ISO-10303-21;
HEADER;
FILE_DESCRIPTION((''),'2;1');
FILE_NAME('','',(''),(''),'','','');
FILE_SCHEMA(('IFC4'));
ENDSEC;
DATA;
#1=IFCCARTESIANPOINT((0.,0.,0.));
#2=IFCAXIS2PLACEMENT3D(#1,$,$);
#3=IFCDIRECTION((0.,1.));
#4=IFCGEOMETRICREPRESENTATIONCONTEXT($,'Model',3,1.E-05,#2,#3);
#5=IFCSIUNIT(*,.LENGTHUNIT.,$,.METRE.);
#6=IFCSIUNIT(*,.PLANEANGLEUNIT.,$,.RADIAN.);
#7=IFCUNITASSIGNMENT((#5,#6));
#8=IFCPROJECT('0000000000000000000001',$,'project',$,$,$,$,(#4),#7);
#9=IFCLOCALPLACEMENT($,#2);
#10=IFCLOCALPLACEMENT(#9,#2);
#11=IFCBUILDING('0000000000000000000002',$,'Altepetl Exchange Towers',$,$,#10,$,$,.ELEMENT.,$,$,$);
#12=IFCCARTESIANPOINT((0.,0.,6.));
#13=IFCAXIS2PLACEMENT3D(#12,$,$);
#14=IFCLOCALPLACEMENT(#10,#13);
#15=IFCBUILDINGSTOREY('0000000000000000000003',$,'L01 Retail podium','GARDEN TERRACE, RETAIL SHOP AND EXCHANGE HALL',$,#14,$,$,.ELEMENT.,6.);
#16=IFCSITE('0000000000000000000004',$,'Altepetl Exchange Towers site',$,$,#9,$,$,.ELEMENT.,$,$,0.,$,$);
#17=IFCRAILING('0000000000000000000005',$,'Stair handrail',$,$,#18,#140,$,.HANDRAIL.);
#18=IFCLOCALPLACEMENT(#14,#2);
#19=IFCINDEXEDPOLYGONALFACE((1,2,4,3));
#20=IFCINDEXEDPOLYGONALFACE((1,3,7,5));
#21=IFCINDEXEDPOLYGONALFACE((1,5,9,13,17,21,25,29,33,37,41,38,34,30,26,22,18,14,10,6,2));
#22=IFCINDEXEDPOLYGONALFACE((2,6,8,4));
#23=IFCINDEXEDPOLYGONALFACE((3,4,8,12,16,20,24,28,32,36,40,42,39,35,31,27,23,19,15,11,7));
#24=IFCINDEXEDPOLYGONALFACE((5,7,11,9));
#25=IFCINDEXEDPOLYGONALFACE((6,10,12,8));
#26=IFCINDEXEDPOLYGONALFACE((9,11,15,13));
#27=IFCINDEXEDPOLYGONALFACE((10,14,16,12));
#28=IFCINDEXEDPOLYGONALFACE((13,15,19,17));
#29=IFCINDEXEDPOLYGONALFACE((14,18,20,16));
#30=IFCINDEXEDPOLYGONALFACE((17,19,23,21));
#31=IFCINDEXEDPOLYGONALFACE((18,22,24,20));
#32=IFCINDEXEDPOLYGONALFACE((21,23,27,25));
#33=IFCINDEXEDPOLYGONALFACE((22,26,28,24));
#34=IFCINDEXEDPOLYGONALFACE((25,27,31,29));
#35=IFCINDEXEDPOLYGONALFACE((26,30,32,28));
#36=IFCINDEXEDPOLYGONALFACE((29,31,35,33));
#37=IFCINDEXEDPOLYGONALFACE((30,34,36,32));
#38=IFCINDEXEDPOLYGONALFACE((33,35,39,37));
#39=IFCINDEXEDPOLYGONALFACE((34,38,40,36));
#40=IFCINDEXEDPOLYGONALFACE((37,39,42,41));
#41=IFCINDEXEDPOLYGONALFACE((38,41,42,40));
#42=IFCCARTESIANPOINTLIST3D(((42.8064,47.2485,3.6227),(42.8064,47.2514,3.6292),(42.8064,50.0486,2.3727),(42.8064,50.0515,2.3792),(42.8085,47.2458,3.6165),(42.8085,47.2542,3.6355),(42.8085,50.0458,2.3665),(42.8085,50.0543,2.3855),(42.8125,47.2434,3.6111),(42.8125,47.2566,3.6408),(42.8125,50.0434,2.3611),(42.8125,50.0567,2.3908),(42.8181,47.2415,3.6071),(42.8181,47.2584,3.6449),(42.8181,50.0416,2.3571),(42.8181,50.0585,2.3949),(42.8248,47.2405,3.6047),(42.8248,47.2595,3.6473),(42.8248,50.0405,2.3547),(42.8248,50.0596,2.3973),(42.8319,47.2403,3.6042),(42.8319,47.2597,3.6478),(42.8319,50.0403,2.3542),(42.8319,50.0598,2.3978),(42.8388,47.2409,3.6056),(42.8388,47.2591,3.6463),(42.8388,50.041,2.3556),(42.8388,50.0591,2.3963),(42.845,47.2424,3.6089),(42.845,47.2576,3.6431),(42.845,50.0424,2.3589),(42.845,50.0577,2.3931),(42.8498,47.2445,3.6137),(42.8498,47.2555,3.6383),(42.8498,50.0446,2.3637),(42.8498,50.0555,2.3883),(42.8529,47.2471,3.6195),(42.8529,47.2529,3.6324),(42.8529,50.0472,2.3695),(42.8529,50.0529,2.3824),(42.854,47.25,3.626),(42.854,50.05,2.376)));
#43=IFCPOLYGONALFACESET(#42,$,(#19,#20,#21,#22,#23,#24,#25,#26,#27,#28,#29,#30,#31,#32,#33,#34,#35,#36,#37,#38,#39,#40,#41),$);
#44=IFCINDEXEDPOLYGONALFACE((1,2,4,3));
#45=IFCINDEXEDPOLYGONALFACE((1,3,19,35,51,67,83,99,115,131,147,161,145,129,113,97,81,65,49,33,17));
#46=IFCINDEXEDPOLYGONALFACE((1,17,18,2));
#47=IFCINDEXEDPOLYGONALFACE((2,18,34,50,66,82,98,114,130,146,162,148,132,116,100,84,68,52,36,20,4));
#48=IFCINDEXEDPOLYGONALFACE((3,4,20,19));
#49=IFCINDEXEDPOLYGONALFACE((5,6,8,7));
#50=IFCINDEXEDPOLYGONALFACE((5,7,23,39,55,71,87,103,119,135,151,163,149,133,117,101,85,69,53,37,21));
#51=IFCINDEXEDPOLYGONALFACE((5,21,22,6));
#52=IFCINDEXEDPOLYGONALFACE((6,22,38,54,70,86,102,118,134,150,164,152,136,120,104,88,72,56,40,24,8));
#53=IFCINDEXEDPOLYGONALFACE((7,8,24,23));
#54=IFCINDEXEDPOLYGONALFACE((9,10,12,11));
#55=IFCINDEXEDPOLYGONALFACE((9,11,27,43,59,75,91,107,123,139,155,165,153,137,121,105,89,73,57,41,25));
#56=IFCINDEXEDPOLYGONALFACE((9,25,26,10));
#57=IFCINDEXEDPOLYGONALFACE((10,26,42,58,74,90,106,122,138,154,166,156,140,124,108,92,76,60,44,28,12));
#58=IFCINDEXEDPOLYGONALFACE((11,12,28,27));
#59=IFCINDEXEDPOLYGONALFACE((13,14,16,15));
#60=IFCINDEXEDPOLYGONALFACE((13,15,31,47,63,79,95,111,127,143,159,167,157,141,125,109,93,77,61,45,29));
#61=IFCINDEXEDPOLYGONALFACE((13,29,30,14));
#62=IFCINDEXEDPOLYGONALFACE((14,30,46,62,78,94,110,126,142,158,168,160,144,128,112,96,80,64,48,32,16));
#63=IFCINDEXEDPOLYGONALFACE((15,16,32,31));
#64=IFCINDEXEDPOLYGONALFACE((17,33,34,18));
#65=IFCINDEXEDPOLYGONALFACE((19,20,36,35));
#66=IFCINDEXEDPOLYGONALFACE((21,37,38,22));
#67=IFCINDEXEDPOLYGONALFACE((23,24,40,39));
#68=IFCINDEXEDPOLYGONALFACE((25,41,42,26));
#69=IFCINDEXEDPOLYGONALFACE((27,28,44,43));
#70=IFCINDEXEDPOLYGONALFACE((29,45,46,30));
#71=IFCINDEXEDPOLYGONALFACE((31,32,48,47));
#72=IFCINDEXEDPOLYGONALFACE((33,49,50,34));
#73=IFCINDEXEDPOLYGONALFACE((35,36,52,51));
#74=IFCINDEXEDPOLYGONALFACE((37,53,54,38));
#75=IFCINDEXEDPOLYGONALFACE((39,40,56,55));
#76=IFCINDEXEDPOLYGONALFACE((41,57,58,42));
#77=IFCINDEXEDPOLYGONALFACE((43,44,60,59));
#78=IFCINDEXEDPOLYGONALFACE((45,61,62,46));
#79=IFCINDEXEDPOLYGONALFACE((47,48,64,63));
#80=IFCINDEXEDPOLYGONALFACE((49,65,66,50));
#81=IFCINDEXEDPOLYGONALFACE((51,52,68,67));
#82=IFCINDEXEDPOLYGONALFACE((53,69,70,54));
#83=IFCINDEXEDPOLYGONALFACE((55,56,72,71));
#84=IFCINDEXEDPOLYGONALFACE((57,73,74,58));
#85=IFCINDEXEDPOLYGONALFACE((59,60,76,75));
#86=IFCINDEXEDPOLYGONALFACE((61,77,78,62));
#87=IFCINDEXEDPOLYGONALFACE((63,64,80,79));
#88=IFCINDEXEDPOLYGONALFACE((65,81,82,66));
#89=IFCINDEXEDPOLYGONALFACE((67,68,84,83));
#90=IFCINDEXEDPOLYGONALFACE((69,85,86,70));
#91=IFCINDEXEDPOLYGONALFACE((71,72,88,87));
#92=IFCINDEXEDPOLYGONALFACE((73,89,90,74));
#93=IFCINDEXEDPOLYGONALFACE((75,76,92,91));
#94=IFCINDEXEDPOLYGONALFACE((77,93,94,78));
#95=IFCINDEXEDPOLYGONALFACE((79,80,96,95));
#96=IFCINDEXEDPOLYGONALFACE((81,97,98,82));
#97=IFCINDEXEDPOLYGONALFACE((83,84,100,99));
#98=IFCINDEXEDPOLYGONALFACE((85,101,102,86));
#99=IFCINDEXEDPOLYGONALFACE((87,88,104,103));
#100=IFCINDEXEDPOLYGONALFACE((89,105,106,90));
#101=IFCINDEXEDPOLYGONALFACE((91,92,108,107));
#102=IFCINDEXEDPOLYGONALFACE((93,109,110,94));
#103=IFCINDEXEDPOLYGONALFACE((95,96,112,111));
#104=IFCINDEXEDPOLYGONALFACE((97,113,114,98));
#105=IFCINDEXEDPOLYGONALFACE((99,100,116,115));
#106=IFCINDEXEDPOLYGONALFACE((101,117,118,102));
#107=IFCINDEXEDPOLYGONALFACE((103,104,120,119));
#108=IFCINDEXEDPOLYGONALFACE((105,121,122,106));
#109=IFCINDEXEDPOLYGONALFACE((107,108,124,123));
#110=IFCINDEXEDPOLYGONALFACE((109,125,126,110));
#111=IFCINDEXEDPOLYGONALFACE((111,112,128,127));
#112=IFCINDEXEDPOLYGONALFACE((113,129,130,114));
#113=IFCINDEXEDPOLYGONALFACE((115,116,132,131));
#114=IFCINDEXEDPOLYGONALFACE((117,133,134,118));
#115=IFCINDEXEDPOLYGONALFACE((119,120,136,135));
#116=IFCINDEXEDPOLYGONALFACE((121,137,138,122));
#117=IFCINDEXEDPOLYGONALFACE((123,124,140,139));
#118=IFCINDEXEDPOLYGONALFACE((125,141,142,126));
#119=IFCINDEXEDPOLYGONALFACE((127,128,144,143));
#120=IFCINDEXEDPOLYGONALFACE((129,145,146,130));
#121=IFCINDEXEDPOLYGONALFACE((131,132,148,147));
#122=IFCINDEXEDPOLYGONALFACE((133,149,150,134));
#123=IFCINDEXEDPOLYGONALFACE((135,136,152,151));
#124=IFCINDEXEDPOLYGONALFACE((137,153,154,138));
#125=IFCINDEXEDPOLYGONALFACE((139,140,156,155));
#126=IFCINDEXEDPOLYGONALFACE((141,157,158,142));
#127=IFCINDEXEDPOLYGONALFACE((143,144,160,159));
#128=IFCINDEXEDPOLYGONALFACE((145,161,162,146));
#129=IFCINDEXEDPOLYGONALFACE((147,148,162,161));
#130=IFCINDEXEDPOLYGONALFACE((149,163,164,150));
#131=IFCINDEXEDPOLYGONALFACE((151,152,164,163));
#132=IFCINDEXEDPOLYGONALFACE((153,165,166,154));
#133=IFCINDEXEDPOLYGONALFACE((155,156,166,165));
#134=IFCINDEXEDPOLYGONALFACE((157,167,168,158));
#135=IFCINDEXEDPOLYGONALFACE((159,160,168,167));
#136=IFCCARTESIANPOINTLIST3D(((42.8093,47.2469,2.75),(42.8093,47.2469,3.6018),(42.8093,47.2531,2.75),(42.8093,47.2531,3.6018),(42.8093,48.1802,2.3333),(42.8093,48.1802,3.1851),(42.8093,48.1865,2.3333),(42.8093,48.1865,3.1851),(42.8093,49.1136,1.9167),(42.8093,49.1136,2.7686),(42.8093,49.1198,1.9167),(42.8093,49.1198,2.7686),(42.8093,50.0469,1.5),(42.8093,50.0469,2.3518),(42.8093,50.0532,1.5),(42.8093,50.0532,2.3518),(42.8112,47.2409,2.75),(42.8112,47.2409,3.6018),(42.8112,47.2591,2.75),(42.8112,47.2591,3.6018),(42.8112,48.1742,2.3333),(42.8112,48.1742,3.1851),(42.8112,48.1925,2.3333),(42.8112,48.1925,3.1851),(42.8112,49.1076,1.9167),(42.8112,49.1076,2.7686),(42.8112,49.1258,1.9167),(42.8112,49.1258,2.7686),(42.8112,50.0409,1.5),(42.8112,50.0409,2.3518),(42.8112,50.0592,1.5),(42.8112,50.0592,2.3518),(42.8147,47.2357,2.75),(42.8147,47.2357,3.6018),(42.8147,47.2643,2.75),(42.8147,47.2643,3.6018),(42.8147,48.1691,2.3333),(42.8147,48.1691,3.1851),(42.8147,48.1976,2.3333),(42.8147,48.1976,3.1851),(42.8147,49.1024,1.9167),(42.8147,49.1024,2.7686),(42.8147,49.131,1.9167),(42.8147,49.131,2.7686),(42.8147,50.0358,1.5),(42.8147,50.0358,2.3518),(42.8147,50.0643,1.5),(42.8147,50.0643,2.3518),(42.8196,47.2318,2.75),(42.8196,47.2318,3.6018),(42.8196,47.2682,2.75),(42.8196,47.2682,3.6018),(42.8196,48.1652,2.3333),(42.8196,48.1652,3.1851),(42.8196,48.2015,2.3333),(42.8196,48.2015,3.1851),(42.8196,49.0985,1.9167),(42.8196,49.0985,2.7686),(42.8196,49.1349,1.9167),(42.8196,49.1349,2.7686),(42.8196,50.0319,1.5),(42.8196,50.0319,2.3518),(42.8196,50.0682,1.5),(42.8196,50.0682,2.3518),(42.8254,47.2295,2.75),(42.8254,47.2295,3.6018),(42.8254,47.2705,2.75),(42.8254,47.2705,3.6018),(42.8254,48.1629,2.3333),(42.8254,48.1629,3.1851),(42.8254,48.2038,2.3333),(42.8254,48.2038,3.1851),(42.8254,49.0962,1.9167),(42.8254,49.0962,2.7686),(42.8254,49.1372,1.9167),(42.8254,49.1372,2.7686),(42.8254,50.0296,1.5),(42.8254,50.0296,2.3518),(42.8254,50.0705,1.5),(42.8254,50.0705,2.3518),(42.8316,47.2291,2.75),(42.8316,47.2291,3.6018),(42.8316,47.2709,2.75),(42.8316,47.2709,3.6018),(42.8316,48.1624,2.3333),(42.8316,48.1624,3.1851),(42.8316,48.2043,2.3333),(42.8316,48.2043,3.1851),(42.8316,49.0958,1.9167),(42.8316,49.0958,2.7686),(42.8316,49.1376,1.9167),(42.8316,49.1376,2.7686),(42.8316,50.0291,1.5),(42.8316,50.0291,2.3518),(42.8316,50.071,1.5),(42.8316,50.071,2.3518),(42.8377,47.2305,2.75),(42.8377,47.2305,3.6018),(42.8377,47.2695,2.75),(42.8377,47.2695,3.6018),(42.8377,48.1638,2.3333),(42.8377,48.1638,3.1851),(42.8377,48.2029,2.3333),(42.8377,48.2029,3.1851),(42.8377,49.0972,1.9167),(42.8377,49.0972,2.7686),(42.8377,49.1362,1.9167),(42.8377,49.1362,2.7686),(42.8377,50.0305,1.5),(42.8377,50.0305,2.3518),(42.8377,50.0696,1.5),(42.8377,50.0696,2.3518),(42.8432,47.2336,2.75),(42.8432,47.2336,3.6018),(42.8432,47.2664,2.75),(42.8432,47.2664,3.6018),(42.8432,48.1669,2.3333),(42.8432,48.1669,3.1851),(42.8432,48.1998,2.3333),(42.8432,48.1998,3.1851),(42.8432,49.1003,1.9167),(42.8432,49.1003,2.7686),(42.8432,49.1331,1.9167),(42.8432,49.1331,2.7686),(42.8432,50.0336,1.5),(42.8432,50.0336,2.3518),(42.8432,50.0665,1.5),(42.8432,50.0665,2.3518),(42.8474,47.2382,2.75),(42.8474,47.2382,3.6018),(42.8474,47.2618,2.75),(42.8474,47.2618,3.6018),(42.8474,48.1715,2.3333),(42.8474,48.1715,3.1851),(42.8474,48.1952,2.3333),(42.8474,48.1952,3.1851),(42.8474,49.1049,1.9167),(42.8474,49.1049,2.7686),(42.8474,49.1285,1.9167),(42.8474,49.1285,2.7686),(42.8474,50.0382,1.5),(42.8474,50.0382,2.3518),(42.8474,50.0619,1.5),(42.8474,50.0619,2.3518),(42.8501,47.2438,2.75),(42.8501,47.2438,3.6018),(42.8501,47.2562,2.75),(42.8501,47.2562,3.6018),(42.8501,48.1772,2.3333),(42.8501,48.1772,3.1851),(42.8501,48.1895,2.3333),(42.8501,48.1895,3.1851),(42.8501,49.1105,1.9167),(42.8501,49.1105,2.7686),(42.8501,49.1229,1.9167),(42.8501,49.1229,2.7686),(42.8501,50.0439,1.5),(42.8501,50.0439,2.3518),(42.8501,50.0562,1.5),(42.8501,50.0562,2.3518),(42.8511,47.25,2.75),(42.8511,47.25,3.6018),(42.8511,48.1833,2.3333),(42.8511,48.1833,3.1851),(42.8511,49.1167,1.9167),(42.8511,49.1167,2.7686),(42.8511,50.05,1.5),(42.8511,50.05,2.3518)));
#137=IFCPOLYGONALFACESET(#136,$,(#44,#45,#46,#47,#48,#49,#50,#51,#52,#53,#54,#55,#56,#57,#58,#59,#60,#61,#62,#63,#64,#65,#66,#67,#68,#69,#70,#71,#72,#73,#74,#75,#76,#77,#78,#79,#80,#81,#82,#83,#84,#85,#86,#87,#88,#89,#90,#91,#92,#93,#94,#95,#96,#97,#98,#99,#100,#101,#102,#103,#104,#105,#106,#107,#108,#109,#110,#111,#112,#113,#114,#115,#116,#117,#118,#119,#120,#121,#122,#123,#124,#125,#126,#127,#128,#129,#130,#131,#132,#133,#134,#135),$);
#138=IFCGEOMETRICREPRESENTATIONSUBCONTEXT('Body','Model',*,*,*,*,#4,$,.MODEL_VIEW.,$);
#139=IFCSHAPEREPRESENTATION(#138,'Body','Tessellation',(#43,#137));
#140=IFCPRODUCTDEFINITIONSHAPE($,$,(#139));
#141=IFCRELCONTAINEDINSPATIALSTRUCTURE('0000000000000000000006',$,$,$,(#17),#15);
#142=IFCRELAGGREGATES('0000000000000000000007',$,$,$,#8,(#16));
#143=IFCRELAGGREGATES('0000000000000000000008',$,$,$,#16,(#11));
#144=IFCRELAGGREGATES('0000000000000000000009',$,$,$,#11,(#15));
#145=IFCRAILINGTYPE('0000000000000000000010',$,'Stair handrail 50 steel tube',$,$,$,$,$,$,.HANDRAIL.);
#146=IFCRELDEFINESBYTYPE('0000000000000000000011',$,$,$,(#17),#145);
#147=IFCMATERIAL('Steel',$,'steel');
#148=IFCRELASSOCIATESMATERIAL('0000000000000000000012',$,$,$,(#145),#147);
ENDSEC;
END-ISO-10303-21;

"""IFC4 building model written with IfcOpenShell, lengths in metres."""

from ifc_helpers import new_model, si_unit, direction, frame, origin, origin_2d, place, context, subcontext, project, spatial, circle, extrude, source, transform, mapped, material, type_object, element, save


model = new_model("IFC4")

# Units and contexts
model_context = context("Model", 3, precision=1e-05, world=origin(), true_north=direction((0.0, 1.0)))
body_context = subcontext(model_context, "Body", "Model", "MODEL_VIEW")
ifc_project = project(units=[si_unit("LENGTHUNIT", "METRE"), si_unit("PLANEANGLEUNIT", "RADIAN")], contexts=[model_context])

# Site, building, storey
site_placement = place(None, origin())
site = spatial("IfcSite", under=ifc_project, at=site_placement, Name="Altepetl Exchange Towers site", CompositionType="ELEMENT", RefElevation=0.0)
building_placement = place(site_placement, origin())
building = spatial("IfcBuilding", under=site, at=building_placement, Name="Altepetl Exchange Towers", CompositionType="ELEMENT")
storey_placement = place(building_placement, frame((0.0, 0.0, 6.0)))
storey = spatial("IfcBuildingStorey", under=building, at=storey_placement, Name="L01 Retail podium", Description="GARDEN TERRACE, RETAIL SHOP AND EXCHANGE HALL", CompositionType="ELEMENT", Elevation=6.0)

# Railing
ifc_material_1 = material(Name="Steel", Category="steel")
railing_type = type_object("IfcRailingType", Name="Stair handrail 50 steel tube", PredefinedType="HANDRAIL", material=ifc_material_1)
shared_shape = source(origin(), body_context, "Body", "SweptSolid", [
    extrude(circle(Radius=0.021, at=origin_2d()), origin(), (0.0, 0.0, 1.0), 0.8518),
])
railing_1_placement = place(storey_placement, frame((42.8301, 50.05, 1.5)))
element("IfcRailing", 1, at=railing_1_placement, inside=storey, type_object=railing_type, Name="Stair handrail", PredefinedType="HANDRAIL", context=body_context, shape_type="SweptSolid", body=[
    extrude(circle(Radius=0.0239, at=origin_2d()), frame((0.0, 0.0, 0.876), z_axis=(0.0, -0.913141, 0.407645), x_axis=(1.0, 0.0, 0.0)), (0.0, 0.0, 1.0), 3.0664),
    mapped(shared_shape, transform((0.0, 0.0, 0.0))),
    mapped(shared_shape, transform((0.0, -0.9333, 0.4167))),
    mapped(shared_shape, transform((0.0, -1.8667, 0.8333))),
    mapped(shared_shape, transform((0.0, -2.8, 1.25))),
])

save(model, "model.ifc")
